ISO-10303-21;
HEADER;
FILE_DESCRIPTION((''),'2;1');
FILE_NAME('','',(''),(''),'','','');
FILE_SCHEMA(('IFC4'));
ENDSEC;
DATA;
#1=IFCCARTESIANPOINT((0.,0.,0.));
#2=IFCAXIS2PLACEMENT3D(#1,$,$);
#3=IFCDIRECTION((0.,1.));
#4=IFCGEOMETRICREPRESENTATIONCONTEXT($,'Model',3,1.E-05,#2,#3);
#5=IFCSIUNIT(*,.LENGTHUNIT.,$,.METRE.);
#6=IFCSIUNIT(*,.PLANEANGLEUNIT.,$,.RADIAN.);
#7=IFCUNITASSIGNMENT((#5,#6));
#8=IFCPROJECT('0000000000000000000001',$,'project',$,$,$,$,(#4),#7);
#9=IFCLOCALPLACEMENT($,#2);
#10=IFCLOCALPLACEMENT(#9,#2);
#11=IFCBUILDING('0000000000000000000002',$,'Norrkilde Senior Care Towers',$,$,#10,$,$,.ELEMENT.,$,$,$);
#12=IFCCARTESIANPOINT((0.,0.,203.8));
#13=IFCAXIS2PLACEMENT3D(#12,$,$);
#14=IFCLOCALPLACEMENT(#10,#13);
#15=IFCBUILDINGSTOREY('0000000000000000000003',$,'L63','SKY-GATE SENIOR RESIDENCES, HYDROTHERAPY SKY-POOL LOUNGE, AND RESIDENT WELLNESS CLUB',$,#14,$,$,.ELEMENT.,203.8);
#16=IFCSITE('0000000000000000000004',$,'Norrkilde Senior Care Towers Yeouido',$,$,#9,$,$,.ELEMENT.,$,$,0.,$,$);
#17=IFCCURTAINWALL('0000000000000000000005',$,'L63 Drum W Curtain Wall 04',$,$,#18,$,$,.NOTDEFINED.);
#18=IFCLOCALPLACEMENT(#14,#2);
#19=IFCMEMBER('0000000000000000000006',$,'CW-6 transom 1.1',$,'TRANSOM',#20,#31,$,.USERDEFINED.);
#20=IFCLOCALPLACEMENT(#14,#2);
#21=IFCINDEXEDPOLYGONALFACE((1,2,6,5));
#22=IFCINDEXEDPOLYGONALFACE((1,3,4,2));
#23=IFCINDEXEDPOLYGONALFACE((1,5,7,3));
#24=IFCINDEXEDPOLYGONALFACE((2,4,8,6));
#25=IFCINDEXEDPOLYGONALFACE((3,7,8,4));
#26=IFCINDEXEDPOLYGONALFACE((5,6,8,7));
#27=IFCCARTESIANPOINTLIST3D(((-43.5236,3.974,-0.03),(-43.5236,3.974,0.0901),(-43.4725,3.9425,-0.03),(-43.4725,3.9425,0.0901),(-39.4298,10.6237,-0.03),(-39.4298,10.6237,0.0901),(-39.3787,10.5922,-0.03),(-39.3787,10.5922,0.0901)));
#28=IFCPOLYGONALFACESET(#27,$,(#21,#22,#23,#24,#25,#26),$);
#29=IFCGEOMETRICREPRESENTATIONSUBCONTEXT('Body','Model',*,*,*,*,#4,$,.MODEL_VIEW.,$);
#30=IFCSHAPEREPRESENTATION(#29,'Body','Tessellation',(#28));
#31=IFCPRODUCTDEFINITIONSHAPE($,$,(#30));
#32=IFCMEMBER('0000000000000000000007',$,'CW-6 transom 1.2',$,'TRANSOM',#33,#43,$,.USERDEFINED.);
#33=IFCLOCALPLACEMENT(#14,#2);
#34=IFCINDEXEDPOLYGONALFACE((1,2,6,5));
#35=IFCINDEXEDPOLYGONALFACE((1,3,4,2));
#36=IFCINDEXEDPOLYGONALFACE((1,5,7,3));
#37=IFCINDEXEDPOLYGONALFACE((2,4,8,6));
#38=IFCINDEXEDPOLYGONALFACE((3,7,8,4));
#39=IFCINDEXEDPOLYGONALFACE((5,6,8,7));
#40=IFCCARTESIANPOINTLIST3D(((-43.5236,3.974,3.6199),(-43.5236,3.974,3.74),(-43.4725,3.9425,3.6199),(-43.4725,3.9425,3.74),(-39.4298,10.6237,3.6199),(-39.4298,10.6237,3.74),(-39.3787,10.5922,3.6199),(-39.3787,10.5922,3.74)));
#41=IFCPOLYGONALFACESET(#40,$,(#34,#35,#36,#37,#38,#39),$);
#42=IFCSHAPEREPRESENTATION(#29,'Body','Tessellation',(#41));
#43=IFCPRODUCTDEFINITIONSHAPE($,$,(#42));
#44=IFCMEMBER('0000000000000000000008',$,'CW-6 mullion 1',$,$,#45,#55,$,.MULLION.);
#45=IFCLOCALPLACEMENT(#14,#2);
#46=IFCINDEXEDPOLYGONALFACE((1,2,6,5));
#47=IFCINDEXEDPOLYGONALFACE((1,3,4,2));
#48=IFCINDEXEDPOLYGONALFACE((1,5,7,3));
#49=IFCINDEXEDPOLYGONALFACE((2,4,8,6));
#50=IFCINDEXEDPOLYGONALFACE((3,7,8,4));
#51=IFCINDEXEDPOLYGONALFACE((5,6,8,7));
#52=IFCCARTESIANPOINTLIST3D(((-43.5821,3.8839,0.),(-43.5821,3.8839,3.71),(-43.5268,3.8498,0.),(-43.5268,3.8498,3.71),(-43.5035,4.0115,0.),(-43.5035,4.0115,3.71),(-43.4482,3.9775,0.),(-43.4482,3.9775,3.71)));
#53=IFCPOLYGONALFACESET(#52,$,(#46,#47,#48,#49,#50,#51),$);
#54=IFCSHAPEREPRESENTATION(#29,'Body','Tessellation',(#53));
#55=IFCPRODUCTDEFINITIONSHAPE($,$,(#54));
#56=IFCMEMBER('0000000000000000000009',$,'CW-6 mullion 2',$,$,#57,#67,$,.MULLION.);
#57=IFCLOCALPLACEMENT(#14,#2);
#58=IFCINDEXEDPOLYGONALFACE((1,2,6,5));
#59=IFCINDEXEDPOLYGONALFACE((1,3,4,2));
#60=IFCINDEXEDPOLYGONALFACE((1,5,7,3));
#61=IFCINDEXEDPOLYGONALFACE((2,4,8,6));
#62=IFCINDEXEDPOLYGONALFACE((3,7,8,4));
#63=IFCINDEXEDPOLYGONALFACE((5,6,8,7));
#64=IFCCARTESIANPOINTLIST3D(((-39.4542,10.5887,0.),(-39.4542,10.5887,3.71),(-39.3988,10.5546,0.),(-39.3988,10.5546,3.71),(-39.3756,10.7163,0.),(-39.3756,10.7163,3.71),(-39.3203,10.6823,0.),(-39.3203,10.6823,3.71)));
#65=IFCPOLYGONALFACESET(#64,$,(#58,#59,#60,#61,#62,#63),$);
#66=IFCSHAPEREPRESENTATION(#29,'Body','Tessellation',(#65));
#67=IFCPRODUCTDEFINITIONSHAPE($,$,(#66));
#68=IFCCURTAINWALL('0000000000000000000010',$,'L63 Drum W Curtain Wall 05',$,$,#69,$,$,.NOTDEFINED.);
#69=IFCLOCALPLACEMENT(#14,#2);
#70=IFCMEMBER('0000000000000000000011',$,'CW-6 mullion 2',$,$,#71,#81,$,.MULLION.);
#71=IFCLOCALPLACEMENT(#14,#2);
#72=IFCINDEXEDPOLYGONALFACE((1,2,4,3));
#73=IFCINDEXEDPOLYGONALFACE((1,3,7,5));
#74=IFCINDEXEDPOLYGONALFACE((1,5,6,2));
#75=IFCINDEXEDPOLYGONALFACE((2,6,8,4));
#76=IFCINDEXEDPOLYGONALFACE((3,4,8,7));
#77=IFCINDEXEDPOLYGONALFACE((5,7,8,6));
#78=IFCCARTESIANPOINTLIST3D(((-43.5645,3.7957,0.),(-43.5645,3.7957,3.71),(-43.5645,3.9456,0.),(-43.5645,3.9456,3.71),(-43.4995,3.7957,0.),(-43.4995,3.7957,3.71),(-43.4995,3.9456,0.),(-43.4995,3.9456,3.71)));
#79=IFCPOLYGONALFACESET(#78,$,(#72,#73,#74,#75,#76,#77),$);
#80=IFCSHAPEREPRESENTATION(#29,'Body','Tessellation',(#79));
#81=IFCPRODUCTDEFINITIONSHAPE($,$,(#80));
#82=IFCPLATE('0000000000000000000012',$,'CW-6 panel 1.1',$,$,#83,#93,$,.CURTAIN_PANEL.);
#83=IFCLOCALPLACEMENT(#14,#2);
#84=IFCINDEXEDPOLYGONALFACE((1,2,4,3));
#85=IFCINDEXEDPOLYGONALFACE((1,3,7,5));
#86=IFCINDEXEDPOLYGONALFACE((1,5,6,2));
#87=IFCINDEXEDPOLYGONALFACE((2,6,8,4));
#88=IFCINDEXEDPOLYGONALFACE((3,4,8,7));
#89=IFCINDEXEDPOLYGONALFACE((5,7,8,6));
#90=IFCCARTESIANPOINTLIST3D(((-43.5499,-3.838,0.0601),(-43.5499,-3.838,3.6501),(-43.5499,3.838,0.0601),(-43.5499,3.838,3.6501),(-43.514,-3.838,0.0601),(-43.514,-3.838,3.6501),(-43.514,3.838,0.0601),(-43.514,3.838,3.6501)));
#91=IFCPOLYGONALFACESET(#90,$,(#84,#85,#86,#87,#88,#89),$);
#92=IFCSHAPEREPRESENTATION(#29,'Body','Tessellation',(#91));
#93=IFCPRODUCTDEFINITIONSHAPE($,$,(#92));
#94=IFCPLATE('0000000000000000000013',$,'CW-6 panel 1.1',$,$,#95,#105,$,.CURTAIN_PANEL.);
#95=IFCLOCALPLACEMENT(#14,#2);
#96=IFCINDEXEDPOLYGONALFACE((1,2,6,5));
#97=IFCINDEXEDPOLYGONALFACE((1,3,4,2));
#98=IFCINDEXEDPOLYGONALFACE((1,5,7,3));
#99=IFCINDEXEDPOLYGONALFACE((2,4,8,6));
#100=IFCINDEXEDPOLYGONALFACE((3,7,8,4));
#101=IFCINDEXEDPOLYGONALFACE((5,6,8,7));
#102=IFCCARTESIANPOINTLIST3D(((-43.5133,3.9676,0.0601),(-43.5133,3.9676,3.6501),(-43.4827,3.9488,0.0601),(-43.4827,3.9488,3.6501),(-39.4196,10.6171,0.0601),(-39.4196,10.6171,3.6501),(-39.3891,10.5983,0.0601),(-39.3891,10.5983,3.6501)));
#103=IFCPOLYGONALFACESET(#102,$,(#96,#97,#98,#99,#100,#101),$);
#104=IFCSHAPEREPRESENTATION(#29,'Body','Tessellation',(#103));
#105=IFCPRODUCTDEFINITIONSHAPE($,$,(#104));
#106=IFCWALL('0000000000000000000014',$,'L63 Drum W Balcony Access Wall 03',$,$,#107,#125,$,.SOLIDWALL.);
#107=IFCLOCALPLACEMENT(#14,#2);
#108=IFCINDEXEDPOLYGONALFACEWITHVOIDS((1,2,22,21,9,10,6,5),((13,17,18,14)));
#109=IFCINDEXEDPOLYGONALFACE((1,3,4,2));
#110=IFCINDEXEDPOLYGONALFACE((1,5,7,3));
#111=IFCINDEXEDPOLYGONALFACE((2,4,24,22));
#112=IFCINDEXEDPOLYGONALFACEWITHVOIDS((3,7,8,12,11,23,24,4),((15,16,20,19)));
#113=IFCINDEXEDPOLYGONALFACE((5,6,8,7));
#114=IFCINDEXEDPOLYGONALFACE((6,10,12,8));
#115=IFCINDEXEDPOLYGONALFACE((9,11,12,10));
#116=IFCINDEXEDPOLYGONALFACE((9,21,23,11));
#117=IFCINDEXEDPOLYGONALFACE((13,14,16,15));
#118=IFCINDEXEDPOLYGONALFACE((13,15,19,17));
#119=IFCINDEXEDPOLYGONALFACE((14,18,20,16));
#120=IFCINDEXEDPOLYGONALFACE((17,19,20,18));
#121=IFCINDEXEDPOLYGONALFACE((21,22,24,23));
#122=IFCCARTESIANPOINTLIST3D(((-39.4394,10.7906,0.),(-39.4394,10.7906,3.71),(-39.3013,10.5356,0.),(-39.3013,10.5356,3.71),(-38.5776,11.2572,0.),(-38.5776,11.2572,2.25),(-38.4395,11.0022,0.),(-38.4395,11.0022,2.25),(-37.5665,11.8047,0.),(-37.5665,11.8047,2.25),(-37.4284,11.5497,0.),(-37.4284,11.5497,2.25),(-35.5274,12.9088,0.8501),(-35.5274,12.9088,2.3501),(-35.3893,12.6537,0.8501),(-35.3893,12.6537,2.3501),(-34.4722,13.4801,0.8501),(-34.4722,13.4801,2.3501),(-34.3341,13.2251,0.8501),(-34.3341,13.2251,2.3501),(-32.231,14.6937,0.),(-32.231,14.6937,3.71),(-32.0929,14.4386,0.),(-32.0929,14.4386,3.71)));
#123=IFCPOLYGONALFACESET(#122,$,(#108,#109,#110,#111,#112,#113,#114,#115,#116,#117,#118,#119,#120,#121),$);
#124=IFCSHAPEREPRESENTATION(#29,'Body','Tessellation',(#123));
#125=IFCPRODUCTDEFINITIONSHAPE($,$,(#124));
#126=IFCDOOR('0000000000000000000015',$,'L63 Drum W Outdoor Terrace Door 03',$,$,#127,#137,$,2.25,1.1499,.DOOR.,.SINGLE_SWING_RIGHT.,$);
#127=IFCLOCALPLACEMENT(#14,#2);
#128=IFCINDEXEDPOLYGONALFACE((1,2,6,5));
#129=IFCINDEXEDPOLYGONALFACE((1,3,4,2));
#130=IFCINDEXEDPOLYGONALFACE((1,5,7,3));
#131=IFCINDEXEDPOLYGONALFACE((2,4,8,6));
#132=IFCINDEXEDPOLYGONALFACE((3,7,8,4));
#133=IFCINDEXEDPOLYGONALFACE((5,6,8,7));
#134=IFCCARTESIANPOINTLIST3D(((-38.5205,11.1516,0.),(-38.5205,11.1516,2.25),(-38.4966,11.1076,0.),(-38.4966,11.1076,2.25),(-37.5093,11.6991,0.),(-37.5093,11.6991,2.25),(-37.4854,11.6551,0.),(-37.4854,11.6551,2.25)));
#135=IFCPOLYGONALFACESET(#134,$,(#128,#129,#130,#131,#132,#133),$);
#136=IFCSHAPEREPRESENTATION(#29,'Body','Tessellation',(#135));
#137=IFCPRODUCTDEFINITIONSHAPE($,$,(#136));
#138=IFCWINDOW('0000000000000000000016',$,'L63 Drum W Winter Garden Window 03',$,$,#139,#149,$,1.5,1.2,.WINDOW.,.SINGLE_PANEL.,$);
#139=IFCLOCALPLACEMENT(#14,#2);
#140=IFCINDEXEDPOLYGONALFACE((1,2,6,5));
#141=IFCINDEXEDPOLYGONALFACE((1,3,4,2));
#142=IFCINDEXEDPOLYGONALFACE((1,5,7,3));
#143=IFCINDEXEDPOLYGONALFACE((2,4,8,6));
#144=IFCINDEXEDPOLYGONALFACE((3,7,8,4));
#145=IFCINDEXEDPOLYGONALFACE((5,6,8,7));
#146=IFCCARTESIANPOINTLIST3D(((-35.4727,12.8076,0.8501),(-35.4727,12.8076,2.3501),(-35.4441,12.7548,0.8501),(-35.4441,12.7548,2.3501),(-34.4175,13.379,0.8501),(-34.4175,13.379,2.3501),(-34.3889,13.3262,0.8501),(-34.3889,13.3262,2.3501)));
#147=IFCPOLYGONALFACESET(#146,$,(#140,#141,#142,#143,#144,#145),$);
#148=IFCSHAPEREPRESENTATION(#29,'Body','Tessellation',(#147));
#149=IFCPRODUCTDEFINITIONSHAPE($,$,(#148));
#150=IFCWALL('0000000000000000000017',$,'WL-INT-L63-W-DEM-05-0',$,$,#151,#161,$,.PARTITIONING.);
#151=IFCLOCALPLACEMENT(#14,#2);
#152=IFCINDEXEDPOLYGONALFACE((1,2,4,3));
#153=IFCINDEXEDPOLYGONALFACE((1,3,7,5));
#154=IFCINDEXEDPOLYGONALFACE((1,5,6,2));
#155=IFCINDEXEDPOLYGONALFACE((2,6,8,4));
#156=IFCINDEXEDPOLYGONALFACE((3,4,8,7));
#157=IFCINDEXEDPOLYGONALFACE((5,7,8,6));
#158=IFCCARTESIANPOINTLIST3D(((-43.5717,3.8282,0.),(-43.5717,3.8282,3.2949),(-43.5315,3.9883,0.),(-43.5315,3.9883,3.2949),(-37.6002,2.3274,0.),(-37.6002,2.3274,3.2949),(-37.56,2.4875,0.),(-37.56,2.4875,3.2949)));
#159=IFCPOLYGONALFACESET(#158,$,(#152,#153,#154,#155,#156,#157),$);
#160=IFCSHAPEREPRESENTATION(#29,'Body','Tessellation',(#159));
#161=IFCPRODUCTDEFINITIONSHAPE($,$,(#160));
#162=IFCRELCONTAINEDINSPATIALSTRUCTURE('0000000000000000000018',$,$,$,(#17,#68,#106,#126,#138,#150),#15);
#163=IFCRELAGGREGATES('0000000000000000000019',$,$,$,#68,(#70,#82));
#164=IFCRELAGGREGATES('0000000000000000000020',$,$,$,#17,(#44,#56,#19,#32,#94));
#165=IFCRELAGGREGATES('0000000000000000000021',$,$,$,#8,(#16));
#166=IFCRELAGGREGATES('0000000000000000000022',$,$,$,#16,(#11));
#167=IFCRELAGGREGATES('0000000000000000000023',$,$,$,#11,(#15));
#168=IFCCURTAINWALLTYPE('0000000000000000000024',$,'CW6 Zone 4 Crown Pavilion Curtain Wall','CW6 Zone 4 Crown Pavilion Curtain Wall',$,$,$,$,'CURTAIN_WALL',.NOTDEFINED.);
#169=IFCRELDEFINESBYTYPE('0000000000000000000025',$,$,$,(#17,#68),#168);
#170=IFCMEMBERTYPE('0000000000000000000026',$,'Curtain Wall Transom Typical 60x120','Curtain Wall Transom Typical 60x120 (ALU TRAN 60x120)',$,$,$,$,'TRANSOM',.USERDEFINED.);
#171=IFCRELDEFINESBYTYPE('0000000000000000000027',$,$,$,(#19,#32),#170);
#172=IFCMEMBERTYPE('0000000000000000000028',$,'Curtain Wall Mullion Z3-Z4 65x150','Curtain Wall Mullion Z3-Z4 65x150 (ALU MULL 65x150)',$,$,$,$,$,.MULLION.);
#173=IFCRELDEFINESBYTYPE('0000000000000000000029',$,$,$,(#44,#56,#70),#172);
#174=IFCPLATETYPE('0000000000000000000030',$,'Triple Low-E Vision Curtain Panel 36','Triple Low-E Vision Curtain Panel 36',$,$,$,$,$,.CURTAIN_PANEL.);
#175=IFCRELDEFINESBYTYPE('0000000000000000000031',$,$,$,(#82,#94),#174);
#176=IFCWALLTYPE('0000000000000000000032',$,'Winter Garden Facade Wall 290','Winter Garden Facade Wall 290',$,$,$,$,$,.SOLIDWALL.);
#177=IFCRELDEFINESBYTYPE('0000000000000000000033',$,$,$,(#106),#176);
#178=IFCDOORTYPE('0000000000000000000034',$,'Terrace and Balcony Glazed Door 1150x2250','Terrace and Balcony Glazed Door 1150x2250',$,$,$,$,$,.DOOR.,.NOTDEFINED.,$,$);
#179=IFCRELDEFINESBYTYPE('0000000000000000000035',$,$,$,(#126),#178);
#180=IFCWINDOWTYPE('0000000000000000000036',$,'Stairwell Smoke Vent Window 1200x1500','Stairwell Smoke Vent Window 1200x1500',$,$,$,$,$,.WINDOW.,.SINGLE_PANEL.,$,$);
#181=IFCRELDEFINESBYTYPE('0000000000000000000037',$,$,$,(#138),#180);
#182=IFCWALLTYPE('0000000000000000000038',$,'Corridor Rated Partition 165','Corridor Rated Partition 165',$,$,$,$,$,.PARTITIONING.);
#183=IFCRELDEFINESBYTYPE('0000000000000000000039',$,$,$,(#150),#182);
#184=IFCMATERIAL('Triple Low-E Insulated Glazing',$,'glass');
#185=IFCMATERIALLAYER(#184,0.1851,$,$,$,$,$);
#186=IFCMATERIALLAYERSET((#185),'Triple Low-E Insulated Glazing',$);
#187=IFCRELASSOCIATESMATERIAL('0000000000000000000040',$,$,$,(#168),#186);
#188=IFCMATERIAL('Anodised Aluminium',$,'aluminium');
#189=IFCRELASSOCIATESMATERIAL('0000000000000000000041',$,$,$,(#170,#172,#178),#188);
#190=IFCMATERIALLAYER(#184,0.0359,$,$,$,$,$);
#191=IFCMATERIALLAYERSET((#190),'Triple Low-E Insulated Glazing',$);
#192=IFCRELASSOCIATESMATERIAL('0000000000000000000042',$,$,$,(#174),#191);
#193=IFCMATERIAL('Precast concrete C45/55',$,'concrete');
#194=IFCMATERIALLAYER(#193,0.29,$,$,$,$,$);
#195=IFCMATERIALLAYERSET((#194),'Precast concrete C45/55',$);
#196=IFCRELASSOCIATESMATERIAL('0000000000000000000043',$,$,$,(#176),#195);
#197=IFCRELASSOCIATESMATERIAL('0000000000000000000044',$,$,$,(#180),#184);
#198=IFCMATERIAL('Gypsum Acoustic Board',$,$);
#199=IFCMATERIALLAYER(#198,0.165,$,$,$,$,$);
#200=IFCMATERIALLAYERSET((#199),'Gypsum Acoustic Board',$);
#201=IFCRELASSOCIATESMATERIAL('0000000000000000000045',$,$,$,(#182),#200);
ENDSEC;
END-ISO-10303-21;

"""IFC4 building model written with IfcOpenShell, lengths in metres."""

from ifc_helpers import new_model, si_unit, direction, frame, frame_2d, origin, origin_2d, place, context, subcontext, project, spatial, rectangle, extrude, source, transform, mapped, material, layer, layer_set, material_profile, profile_set, type_object, type_shapes, element, fill, aggregate, save


model = new_model("IFC4")

# Units and contexts
model_context = context("Model", 3, precision=1e-05, world=origin(), true_north=direction((0.0, 1.0)))
body_context = subcontext(model_context, "Body", "Model", "MODEL_VIEW")
ifc_project = project(units=[si_unit("LENGTHUNIT", "METRE"), si_unit("PLANEANGLEUNIT", "RADIAN")], contexts=[model_context])

# Site, building, storey
site_placement = place(None, origin())
site = spatial("IfcSite", under=ifc_project, at=site_placement, Name="Norrkilde Senior Care Towers Yeouido", CompositionType="ELEMENT", RefElevation=0.0)
building_placement = place(site_placement, origin())
building = spatial("IfcBuilding", under=site, at=building_placement, Name="Norrkilde Senior Care Towers", CompositionType="ELEMENT")
storey_placement = place(building_placement, frame((0.0, 0.0, 203.8)))
storey = spatial("IfcBuildingStorey", under=building, at=storey_placement, Name="L63", Description="SKY-GATE SENIOR RESIDENCES, HYDROTHERAPY SKY-POOL LOUNGE, AND RESIDENT WELLNESS CLUB", CompositionType="ELEMENT", Elevation=203.8)

# Curtain wall, members
ifc_material_1 = material(Name="Triple Low-E Insulated Glazing", Category="glass")
ifc_layer_1 = layer(ifc_material_1, 0.1851)
ifc_layer_set_1 = layer_set([ifc_layer_1], Name="Triple Low-E Insulated Glazing")
curtain_wall_type = type_object("IfcCurtainWallType", Name="CW6 Zone 4 Crown Pavilion Curtain Wall", Description="CW6 Zone 4 Crown Pavilion Curtain Wall", ElementType="CURTAIN_WALL", PredefinedType="NOTDEFINED", material=ifc_layer_set_1)
curtain_wall_1_placement = place(storey_placement, origin())
curtain_wall_1 = element("IfcCurtainWall", 1, at=curtain_wall_1_placement, inside=storey, type_object=curtain_wall_type, Name="L63 Drum W Curtain Wall 04", PredefinedType="NOTDEFINED")
ifc_material_2 = material(Name="Anodised Aluminium", Category="aluminium")
ifc_material_profile_1 = material_profile(ifc_material_2, rectangle(XDim=0.0601, YDim=0.1201, at=origin_2d()), Name="ALU TRAN 60x120")
ifc_profile_set_1 = profile_set([ifc_material_profile_1], Name="Anodised Aluminium")
member_type_1 = type_object("IfcMemberType", Name="Curtain Wall Transom Typical 60x120", Description="Curtain Wall Transom Typical 60x120 (ALU TRAN 60x120)", ElementType="TRANSOM", PredefinedType="USERDEFINED", material=ifc_profile_set_1)
shared_shape_1 = source(origin(), body_context, "Body", "SweptSolid", [
    extrude(rectangle(XDim=0.0601, YDim=0.1201, at=origin_2d()), origin(), (0.0, 0.0, 1.0), 7.8088),
])
type_shapes(member_type_1, [shared_shape_1])
member_1_placement = place(storey_placement, frame((-43.498, 3.9583, 0.03), z_axis=(0.524251, 0.851564, 0.0), x_axis=(-0.851564, 0.524251, 0.0)))
member_1 = element("IfcMember", 2, at=member_1_placement, type_object=member_type_1, Name="CW-6 transom 1.1", ObjectType="TRANSOM", PredefinedType="USERDEFINED", context=body_context, shape_type="MappedRepresentation", body=[
    mapped(shared_shape_1, transform((0.0, 0.0, 0.0), x_axis=(1.0, 0.0, 0.0), y_axis=(0.0, 1.0, 0.0), z_axis=(0.0, 0.0, 1.0), scale=1.0)),
])
member_2_placement = place(storey_placement, frame((-43.498, 3.9583, 3.6799), z_axis=(0.524251, 0.851564, 0.0), x_axis=(-0.851564, 0.524251, 0.0)))
member_2 = element("IfcMember", 3, at=member_2_placement, type_object=member_type_1, Name="CW-6 transom 1.2", ObjectType="TRANSOM", PredefinedType="USERDEFINED", context=body_context, shape_type="MappedRepresentation", body=[
    mapped(shared_shape_1, transform((0.0, 0.0, 0.0), x_axis=(1.0, 0.0, 0.0), y_axis=(0.0, 1.0, 0.0), z_axis=(0.0, 0.0, 1.0), scale=1.0)),
])
ifc_material_profile_2 = material_profile(ifc_material_2, rectangle(XDim=0.0649, YDim=0.1499, at=origin_2d()), Name="ALU MULL 65x150")
ifc_profile_set_2 = profile_set([ifc_material_profile_2], Name="Anodised Aluminium")
member_type_2 = type_object("IfcMemberType", Name="Curtain Wall Mullion Z3-Z4 65x150", Description="Curtain Wall Mullion Z3-Z4 65x150 (ALU MULL 65x150)", PredefinedType="MULLION", material=ifc_profile_set_2)
shared_shape_2 = source(origin(), body_context, "Body", "SweptSolid", [
    extrude(rectangle(XDim=0.0649, YDim=0.1499, at=origin_2d()), origin(), (0.0, 0.0, 1.0), 3.71),
])
type_shapes(member_type_2, [shared_shape_2])
member_3_placement = place(storey_placement, frame((-43.5151, 3.9307, 0.0), z_axis=(0.0, 0.0, 1.0), x_axis=(-0.851563, 0.524253, 0.0)))
member_3 = element("IfcMember", 4, at=member_3_placement, type_object=member_type_2, Name="CW-6 mullion 1", PredefinedType="MULLION", context=body_context, shape_type="MappedRepresentation", body=[
    mapped(shared_shape_2, transform((0.0, 0.0, 0.0), x_axis=(1.0, 0.0, 0.0), y_axis=(0.0, 1.0, 0.0), z_axis=(0.0, 0.0, 1.0), scale=1.0)),
])
member_4_placement = place(storey_placement, frame((-39.3872, 10.6355, 0.0), z_axis=(0.0, 0.0, 1.0), x_axis=(-0.851563, 0.524253, 0.0)))
member_4 = element("IfcMember", 5, at=member_4_placement, type_object=member_type_2, Name="CW-6 mullion 2", PredefinedType="MULLION", context=body_context, shape_type="MappedRepresentation", body=[
    mapped(shared_shape_2, transform((0.0, 0.0, 0.0), x_axis=(1.0, 0.0, 0.0), y_axis=(0.0, 1.0, 0.0), z_axis=(0.0, 0.0, 1.0), scale=1.0)),
])

# Curtain wall, member, plate
curtain_wall_2_placement = place(storey_placement, origin())
curtain_wall_2 = element("IfcCurtainWall", 6, at=curtain_wall_2_placement, inside=storey, type_object=curtain_wall_type, Name="L63 Drum W Curtain Wall 05", PredefinedType="NOTDEFINED")
member_5_placement = place(storey_placement, frame((-43.532, 3.8706, 0.0), z_axis=(0.0, 0.0, 1.0), x_axis=(-1.0, 0.0, 0.0)))
member_5 = element("IfcMember", 7, at=member_5_placement, type_object=member_type_2, Name="CW-6 mullion 2", PredefinedType="MULLION", context=body_context, shape_type="MappedRepresentation", body=[
    mapped(shared_shape_2, transform((0.0, 0.0, 0.0), x_axis=(1.0, 0.0, 0.0), y_axis=(0.0, 1.0, 0.0), z_axis=(0.0, 0.0, 1.0), scale=1.0)),
])
ifc_layer_2 = layer(ifc_material_1, 0.0359)
ifc_layer_set_2 = layer_set([ifc_layer_2], Name="Triple Low-E Insulated Glazing")
plate_type = type_object("IfcPlateType", Name="Triple Low-E Vision Curtain Panel 36", Description="Triple Low-E Vision Curtain Panel 36", PredefinedType="CURTAIN_PANEL", material=ifc_layer_set_2)
shared_shape_3 = source(origin(), body_context, "Body", "SweptSolid", [
    extrude(rectangle(XDim=7.676, YDim=0.0359, at=origin_2d()), origin(), (0.0, 0.0, 1.0), 3.5901),
])
plate_1_placement = place(storey_placement, frame((-43.532, 0.0, 0.0601), z_axis=(0.0, 0.0, 1.0), x_axis=(0.0, 1.0, 0.0)))
plate_1 = element("IfcPlate", 8, at=plate_1_placement, type_object=plate_type, Name="CW-6 panel 1.1", PredefinedType="CURTAIN_PANEL", context=body_context, shape_type="MappedRepresentation", body=[
    mapped(shared_shape_3, transform((0.0, 0.0, 0.0), x_axis=(1.0, 0.0, 0.0), y_axis=(0.0, 1.0, 0.0), z_axis=(0.0, 0.0, 1.0), scale=1.0)),
])
aggregate(curtain_wall_2, [member_5, plate_1])

# Plate
shared_shape_4 = source(origin(), body_context, "Body", "SweptSolid", [
    extrude(rectangle(XDim=7.8086, YDim=0.0359, at=origin_2d()), origin(), (0.0, 0.0, 1.0), 3.5901),
])
type_shapes(plate_type, [shared_shape_3, shared_shape_4])
plate_2_placement = place(storey_placement, frame((-41.4512, 7.283, 0.0601), z_axis=(0.0, 0.0, 1.0), x_axis=(0.524253, 0.851563, 0.0)))
plate_2 = element("IfcPlate", 9, at=plate_2_placement, type_object=plate_type, Name="CW-6 panel 1.1", PredefinedType="CURTAIN_PANEL", context=body_context, shape_type="MappedRepresentation", body=[
    mapped(shared_shape_4, transform((0.0, 0.0, 0.0), x_axis=(1.0, 0.0, 0.0), y_axis=(0.0, 1.0, 0.0), z_axis=(0.0, 0.0, 1.0), scale=1.0)),
])
aggregate(curtain_wall_1, [member_3, member_4, member_1, member_2, plate_2])

# Wall, openings, door, window
ifc_material_3 = material(Name="Precast concrete C45/55", Category="concrete")
ifc_layer_3 = layer(ifc_material_3, 0.29)
ifc_layer_set_3 = layer_set([ifc_layer_3], Name="Precast concrete C45/55")
wall_type_1 = type_object("IfcWallType", Name="Winter Garden Facade Wall 290", Description="Winter Garden Facade Wall 290", PredefinedType="SOLIDWALL", material=ifc_layer_set_3)
shared_shape_5 = source(origin(), body_context, "Body", "SweptSolid", [
    extrude(rectangle(XDim=8.1973, YDim=0.29, at=frame_2d((4.0986, 0.0))), origin(), (0.0, 0.0, 1.0), 3.71),
])
type_shapes(wall_type_1, [shared_shape_5])
wall_1_placement = place(storey_placement, frame((-39.3704, 10.6631, 0.0), z_axis=(0.0, 0.0, 1.0), x_axis=(0.87937, 0.476139, 0.0)))
wall_1 = element("IfcWall", 10, at=wall_1_placement, inside=storey, type_object=wall_type_1, Name="L63 Drum W Balcony Access Wall 03", PredefinedType="SOLIDWALL", context=body_context, shape_type="MappedRepresentation", body=[
    mapped(shared_shape_5, transform((0.0, 0.0, 0.0), x_axis=(1.0, 0.0, 0.0), y_axis=(0.0, 1.0, 0.0), z_axis=(0.0, 0.0, 1.0), scale=1.0)),
])
opening_1_placement = place(wall_1_placement, frame((0.98, 0.0, 0.0)))
opening_1 = element("IfcOpeningElement", 11, at=opening_1_placement, cuts=wall_1, PredefinedType="OPENING", context=body_context, shape_type="SweptSolid", body=[
    extrude(rectangle(XDim=1.1499, YDim=2.25, at=frame_2d((0.575, 1.125))), frame((0.0, 0.155, 0.0), z_axis=(0.0, -1.0, 0.0), x_axis=(1.0, 0.0, 0.0)), (0.0, 0.0, 1.0), 0.3101),
])
opening_2_placement = place(wall_1_placement, frame((4.4485, 0.0, 0.8501)))
opening_2 = element("IfcOpeningElement", 12, at=opening_2_placement, cuts=wall_1, PredefinedType="OPENING", context=body_context, shape_type="SweptSolid", body=[
    extrude(rectangle(XDim=1.2, YDim=1.5, at=frame_2d((0.6001, 0.75))), frame((0.0, 0.155, 0.0), z_axis=(0.0, -1.0, 0.0), x_axis=(1.0, 0.0, 0.0)), (0.0, 0.0, 1.0), 0.3101),
])
door_type_1 = type_object("IfcDoorType", Name="Terrace and Balcony Glazed Door 1150x2250", Description="Terrace and Balcony Glazed Door 1150x2250", OperationType="NOTDEFINED", PredefinedType="DOOR", material=ifc_material_2)
shared_shape_6 = source(origin(), body_context, "Body", "SweptSolid", [
    extrude(rectangle(XDim=1.1499, YDim=2.25, at=frame_2d((0.575, 1.125))), frame((0.0, 0.0249, 0.0), z_axis=(0.0, -1.0, 0.0), x_axis=(1.0, 0.0, 0.0)), (0.0, 0.0, 1.0), 0.05),
])
type_shapes(door_type_1, [shared_shape_6])
door_1_placement = place(opening_1_placement, origin())
door_1 = element("IfcDoor", 13, at=door_1_placement, inside=storey, type_object=door_type_1, Name="L63 Drum W Outdoor Terrace Door 03", OperationType="SINGLE_SWING_RIGHT", OverallHeight=2.25, OverallWidth=1.1499, PredefinedType="DOOR", context=body_context, shape_type="MappedRepresentation", body=[
    mapped(shared_shape_6, transform((0.0, 0.0, 0.0), x_axis=(1.0, 0.0, 0.0), y_axis=(0.0, 1.0, 0.0), z_axis=(0.0, 0.0, 1.0), scale=1.0)),
])
fill(opening_1, door_1)
window_type = type_object("IfcWindowType", Name="Stairwell Smoke Vent Window 1200x1500", Description="Stairwell Smoke Vent Window 1200x1500", PartitioningType="SINGLE_PANEL", PredefinedType="WINDOW", material=ifc_material_1)
shared_shape_7 = source(origin(), body_context, "Body", "SweptSolid", [
    extrude(rectangle(XDim=1.2, YDim=1.5, at=frame_2d((0.6001, 0.75))), frame((0.0, 0.03, 0.0), z_axis=(0.0, -1.0, 0.0), x_axis=(1.0, 0.0, 0.0)), (0.0, 0.0, 1.0), 0.0601),
])
type_shapes(window_type, [shared_shape_7])
window_placement = place(opening_2_placement, origin())
window = element("IfcWindow", 14, at=window_placement, inside=storey, type_object=window_type, Name="L63 Drum W Winter Garden Window 03", OverallHeight=1.5, OverallWidth=1.2, PartitioningType="SINGLE_PANEL", PredefinedType="WINDOW", context=body_context, shape_type="MappedRepresentation", body=[
    mapped(shared_shape_7, transform((0.0, 0.0, 0.0), x_axis=(1.0, 0.0, 0.0), y_axis=(0.0, 1.0, 0.0), z_axis=(0.0, 0.0, 1.0), scale=1.0)),
])
fill(opening_2, window)

# Wall
ifc_material_4 = material(Name="Gypsum Acoustic Board")
ifc_layer_4 = layer(ifc_material_4, 0.165)
ifc_layer_set_4 = layer_set([ifc_layer_4], Name="Gypsum Acoustic Board")
wall_type_2 = type_object("IfcWallType", Name="Corridor Rated Partition 165", Description="Corridor Rated Partition 165", PredefinedType="PARTITIONING", material=ifc_layer_set_4)
shared_shape_8 = source(origin(), body_context, "Body", "SweptSolid", [
    extrude(rectangle(XDim=6.1572, YDim=0.165, at=frame_2d((3.0786, 0.0))), origin(), (0.0, 0.0, 1.0), 3.2949),
])
wall_2_placement = place(storey_placement, frame((-37.5801, 2.4075, 0.0), z_axis=(0.0, 0.0, 1.0), x_axis=(-0.969841, 0.243739, 0.0)))
element("IfcWall", 15, at=wall_2_placement, inside=storey, type_object=wall_type_2, Name="WL-INT-L63-W-DEM-05-0", PredefinedType="PARTITIONING", context=body_context, shape_type="MappedRepresentation", body=[
    mapped(shared_shape_8, transform((0.0, 0.0, 0.0), x_axis=(1.0, 0.0, 0.0), y_axis=(0.0, 1.0, 0.0), z_axis=(0.0, 0.0, 1.0), scale=1.0)),
])

save(model, "model.ifc")
